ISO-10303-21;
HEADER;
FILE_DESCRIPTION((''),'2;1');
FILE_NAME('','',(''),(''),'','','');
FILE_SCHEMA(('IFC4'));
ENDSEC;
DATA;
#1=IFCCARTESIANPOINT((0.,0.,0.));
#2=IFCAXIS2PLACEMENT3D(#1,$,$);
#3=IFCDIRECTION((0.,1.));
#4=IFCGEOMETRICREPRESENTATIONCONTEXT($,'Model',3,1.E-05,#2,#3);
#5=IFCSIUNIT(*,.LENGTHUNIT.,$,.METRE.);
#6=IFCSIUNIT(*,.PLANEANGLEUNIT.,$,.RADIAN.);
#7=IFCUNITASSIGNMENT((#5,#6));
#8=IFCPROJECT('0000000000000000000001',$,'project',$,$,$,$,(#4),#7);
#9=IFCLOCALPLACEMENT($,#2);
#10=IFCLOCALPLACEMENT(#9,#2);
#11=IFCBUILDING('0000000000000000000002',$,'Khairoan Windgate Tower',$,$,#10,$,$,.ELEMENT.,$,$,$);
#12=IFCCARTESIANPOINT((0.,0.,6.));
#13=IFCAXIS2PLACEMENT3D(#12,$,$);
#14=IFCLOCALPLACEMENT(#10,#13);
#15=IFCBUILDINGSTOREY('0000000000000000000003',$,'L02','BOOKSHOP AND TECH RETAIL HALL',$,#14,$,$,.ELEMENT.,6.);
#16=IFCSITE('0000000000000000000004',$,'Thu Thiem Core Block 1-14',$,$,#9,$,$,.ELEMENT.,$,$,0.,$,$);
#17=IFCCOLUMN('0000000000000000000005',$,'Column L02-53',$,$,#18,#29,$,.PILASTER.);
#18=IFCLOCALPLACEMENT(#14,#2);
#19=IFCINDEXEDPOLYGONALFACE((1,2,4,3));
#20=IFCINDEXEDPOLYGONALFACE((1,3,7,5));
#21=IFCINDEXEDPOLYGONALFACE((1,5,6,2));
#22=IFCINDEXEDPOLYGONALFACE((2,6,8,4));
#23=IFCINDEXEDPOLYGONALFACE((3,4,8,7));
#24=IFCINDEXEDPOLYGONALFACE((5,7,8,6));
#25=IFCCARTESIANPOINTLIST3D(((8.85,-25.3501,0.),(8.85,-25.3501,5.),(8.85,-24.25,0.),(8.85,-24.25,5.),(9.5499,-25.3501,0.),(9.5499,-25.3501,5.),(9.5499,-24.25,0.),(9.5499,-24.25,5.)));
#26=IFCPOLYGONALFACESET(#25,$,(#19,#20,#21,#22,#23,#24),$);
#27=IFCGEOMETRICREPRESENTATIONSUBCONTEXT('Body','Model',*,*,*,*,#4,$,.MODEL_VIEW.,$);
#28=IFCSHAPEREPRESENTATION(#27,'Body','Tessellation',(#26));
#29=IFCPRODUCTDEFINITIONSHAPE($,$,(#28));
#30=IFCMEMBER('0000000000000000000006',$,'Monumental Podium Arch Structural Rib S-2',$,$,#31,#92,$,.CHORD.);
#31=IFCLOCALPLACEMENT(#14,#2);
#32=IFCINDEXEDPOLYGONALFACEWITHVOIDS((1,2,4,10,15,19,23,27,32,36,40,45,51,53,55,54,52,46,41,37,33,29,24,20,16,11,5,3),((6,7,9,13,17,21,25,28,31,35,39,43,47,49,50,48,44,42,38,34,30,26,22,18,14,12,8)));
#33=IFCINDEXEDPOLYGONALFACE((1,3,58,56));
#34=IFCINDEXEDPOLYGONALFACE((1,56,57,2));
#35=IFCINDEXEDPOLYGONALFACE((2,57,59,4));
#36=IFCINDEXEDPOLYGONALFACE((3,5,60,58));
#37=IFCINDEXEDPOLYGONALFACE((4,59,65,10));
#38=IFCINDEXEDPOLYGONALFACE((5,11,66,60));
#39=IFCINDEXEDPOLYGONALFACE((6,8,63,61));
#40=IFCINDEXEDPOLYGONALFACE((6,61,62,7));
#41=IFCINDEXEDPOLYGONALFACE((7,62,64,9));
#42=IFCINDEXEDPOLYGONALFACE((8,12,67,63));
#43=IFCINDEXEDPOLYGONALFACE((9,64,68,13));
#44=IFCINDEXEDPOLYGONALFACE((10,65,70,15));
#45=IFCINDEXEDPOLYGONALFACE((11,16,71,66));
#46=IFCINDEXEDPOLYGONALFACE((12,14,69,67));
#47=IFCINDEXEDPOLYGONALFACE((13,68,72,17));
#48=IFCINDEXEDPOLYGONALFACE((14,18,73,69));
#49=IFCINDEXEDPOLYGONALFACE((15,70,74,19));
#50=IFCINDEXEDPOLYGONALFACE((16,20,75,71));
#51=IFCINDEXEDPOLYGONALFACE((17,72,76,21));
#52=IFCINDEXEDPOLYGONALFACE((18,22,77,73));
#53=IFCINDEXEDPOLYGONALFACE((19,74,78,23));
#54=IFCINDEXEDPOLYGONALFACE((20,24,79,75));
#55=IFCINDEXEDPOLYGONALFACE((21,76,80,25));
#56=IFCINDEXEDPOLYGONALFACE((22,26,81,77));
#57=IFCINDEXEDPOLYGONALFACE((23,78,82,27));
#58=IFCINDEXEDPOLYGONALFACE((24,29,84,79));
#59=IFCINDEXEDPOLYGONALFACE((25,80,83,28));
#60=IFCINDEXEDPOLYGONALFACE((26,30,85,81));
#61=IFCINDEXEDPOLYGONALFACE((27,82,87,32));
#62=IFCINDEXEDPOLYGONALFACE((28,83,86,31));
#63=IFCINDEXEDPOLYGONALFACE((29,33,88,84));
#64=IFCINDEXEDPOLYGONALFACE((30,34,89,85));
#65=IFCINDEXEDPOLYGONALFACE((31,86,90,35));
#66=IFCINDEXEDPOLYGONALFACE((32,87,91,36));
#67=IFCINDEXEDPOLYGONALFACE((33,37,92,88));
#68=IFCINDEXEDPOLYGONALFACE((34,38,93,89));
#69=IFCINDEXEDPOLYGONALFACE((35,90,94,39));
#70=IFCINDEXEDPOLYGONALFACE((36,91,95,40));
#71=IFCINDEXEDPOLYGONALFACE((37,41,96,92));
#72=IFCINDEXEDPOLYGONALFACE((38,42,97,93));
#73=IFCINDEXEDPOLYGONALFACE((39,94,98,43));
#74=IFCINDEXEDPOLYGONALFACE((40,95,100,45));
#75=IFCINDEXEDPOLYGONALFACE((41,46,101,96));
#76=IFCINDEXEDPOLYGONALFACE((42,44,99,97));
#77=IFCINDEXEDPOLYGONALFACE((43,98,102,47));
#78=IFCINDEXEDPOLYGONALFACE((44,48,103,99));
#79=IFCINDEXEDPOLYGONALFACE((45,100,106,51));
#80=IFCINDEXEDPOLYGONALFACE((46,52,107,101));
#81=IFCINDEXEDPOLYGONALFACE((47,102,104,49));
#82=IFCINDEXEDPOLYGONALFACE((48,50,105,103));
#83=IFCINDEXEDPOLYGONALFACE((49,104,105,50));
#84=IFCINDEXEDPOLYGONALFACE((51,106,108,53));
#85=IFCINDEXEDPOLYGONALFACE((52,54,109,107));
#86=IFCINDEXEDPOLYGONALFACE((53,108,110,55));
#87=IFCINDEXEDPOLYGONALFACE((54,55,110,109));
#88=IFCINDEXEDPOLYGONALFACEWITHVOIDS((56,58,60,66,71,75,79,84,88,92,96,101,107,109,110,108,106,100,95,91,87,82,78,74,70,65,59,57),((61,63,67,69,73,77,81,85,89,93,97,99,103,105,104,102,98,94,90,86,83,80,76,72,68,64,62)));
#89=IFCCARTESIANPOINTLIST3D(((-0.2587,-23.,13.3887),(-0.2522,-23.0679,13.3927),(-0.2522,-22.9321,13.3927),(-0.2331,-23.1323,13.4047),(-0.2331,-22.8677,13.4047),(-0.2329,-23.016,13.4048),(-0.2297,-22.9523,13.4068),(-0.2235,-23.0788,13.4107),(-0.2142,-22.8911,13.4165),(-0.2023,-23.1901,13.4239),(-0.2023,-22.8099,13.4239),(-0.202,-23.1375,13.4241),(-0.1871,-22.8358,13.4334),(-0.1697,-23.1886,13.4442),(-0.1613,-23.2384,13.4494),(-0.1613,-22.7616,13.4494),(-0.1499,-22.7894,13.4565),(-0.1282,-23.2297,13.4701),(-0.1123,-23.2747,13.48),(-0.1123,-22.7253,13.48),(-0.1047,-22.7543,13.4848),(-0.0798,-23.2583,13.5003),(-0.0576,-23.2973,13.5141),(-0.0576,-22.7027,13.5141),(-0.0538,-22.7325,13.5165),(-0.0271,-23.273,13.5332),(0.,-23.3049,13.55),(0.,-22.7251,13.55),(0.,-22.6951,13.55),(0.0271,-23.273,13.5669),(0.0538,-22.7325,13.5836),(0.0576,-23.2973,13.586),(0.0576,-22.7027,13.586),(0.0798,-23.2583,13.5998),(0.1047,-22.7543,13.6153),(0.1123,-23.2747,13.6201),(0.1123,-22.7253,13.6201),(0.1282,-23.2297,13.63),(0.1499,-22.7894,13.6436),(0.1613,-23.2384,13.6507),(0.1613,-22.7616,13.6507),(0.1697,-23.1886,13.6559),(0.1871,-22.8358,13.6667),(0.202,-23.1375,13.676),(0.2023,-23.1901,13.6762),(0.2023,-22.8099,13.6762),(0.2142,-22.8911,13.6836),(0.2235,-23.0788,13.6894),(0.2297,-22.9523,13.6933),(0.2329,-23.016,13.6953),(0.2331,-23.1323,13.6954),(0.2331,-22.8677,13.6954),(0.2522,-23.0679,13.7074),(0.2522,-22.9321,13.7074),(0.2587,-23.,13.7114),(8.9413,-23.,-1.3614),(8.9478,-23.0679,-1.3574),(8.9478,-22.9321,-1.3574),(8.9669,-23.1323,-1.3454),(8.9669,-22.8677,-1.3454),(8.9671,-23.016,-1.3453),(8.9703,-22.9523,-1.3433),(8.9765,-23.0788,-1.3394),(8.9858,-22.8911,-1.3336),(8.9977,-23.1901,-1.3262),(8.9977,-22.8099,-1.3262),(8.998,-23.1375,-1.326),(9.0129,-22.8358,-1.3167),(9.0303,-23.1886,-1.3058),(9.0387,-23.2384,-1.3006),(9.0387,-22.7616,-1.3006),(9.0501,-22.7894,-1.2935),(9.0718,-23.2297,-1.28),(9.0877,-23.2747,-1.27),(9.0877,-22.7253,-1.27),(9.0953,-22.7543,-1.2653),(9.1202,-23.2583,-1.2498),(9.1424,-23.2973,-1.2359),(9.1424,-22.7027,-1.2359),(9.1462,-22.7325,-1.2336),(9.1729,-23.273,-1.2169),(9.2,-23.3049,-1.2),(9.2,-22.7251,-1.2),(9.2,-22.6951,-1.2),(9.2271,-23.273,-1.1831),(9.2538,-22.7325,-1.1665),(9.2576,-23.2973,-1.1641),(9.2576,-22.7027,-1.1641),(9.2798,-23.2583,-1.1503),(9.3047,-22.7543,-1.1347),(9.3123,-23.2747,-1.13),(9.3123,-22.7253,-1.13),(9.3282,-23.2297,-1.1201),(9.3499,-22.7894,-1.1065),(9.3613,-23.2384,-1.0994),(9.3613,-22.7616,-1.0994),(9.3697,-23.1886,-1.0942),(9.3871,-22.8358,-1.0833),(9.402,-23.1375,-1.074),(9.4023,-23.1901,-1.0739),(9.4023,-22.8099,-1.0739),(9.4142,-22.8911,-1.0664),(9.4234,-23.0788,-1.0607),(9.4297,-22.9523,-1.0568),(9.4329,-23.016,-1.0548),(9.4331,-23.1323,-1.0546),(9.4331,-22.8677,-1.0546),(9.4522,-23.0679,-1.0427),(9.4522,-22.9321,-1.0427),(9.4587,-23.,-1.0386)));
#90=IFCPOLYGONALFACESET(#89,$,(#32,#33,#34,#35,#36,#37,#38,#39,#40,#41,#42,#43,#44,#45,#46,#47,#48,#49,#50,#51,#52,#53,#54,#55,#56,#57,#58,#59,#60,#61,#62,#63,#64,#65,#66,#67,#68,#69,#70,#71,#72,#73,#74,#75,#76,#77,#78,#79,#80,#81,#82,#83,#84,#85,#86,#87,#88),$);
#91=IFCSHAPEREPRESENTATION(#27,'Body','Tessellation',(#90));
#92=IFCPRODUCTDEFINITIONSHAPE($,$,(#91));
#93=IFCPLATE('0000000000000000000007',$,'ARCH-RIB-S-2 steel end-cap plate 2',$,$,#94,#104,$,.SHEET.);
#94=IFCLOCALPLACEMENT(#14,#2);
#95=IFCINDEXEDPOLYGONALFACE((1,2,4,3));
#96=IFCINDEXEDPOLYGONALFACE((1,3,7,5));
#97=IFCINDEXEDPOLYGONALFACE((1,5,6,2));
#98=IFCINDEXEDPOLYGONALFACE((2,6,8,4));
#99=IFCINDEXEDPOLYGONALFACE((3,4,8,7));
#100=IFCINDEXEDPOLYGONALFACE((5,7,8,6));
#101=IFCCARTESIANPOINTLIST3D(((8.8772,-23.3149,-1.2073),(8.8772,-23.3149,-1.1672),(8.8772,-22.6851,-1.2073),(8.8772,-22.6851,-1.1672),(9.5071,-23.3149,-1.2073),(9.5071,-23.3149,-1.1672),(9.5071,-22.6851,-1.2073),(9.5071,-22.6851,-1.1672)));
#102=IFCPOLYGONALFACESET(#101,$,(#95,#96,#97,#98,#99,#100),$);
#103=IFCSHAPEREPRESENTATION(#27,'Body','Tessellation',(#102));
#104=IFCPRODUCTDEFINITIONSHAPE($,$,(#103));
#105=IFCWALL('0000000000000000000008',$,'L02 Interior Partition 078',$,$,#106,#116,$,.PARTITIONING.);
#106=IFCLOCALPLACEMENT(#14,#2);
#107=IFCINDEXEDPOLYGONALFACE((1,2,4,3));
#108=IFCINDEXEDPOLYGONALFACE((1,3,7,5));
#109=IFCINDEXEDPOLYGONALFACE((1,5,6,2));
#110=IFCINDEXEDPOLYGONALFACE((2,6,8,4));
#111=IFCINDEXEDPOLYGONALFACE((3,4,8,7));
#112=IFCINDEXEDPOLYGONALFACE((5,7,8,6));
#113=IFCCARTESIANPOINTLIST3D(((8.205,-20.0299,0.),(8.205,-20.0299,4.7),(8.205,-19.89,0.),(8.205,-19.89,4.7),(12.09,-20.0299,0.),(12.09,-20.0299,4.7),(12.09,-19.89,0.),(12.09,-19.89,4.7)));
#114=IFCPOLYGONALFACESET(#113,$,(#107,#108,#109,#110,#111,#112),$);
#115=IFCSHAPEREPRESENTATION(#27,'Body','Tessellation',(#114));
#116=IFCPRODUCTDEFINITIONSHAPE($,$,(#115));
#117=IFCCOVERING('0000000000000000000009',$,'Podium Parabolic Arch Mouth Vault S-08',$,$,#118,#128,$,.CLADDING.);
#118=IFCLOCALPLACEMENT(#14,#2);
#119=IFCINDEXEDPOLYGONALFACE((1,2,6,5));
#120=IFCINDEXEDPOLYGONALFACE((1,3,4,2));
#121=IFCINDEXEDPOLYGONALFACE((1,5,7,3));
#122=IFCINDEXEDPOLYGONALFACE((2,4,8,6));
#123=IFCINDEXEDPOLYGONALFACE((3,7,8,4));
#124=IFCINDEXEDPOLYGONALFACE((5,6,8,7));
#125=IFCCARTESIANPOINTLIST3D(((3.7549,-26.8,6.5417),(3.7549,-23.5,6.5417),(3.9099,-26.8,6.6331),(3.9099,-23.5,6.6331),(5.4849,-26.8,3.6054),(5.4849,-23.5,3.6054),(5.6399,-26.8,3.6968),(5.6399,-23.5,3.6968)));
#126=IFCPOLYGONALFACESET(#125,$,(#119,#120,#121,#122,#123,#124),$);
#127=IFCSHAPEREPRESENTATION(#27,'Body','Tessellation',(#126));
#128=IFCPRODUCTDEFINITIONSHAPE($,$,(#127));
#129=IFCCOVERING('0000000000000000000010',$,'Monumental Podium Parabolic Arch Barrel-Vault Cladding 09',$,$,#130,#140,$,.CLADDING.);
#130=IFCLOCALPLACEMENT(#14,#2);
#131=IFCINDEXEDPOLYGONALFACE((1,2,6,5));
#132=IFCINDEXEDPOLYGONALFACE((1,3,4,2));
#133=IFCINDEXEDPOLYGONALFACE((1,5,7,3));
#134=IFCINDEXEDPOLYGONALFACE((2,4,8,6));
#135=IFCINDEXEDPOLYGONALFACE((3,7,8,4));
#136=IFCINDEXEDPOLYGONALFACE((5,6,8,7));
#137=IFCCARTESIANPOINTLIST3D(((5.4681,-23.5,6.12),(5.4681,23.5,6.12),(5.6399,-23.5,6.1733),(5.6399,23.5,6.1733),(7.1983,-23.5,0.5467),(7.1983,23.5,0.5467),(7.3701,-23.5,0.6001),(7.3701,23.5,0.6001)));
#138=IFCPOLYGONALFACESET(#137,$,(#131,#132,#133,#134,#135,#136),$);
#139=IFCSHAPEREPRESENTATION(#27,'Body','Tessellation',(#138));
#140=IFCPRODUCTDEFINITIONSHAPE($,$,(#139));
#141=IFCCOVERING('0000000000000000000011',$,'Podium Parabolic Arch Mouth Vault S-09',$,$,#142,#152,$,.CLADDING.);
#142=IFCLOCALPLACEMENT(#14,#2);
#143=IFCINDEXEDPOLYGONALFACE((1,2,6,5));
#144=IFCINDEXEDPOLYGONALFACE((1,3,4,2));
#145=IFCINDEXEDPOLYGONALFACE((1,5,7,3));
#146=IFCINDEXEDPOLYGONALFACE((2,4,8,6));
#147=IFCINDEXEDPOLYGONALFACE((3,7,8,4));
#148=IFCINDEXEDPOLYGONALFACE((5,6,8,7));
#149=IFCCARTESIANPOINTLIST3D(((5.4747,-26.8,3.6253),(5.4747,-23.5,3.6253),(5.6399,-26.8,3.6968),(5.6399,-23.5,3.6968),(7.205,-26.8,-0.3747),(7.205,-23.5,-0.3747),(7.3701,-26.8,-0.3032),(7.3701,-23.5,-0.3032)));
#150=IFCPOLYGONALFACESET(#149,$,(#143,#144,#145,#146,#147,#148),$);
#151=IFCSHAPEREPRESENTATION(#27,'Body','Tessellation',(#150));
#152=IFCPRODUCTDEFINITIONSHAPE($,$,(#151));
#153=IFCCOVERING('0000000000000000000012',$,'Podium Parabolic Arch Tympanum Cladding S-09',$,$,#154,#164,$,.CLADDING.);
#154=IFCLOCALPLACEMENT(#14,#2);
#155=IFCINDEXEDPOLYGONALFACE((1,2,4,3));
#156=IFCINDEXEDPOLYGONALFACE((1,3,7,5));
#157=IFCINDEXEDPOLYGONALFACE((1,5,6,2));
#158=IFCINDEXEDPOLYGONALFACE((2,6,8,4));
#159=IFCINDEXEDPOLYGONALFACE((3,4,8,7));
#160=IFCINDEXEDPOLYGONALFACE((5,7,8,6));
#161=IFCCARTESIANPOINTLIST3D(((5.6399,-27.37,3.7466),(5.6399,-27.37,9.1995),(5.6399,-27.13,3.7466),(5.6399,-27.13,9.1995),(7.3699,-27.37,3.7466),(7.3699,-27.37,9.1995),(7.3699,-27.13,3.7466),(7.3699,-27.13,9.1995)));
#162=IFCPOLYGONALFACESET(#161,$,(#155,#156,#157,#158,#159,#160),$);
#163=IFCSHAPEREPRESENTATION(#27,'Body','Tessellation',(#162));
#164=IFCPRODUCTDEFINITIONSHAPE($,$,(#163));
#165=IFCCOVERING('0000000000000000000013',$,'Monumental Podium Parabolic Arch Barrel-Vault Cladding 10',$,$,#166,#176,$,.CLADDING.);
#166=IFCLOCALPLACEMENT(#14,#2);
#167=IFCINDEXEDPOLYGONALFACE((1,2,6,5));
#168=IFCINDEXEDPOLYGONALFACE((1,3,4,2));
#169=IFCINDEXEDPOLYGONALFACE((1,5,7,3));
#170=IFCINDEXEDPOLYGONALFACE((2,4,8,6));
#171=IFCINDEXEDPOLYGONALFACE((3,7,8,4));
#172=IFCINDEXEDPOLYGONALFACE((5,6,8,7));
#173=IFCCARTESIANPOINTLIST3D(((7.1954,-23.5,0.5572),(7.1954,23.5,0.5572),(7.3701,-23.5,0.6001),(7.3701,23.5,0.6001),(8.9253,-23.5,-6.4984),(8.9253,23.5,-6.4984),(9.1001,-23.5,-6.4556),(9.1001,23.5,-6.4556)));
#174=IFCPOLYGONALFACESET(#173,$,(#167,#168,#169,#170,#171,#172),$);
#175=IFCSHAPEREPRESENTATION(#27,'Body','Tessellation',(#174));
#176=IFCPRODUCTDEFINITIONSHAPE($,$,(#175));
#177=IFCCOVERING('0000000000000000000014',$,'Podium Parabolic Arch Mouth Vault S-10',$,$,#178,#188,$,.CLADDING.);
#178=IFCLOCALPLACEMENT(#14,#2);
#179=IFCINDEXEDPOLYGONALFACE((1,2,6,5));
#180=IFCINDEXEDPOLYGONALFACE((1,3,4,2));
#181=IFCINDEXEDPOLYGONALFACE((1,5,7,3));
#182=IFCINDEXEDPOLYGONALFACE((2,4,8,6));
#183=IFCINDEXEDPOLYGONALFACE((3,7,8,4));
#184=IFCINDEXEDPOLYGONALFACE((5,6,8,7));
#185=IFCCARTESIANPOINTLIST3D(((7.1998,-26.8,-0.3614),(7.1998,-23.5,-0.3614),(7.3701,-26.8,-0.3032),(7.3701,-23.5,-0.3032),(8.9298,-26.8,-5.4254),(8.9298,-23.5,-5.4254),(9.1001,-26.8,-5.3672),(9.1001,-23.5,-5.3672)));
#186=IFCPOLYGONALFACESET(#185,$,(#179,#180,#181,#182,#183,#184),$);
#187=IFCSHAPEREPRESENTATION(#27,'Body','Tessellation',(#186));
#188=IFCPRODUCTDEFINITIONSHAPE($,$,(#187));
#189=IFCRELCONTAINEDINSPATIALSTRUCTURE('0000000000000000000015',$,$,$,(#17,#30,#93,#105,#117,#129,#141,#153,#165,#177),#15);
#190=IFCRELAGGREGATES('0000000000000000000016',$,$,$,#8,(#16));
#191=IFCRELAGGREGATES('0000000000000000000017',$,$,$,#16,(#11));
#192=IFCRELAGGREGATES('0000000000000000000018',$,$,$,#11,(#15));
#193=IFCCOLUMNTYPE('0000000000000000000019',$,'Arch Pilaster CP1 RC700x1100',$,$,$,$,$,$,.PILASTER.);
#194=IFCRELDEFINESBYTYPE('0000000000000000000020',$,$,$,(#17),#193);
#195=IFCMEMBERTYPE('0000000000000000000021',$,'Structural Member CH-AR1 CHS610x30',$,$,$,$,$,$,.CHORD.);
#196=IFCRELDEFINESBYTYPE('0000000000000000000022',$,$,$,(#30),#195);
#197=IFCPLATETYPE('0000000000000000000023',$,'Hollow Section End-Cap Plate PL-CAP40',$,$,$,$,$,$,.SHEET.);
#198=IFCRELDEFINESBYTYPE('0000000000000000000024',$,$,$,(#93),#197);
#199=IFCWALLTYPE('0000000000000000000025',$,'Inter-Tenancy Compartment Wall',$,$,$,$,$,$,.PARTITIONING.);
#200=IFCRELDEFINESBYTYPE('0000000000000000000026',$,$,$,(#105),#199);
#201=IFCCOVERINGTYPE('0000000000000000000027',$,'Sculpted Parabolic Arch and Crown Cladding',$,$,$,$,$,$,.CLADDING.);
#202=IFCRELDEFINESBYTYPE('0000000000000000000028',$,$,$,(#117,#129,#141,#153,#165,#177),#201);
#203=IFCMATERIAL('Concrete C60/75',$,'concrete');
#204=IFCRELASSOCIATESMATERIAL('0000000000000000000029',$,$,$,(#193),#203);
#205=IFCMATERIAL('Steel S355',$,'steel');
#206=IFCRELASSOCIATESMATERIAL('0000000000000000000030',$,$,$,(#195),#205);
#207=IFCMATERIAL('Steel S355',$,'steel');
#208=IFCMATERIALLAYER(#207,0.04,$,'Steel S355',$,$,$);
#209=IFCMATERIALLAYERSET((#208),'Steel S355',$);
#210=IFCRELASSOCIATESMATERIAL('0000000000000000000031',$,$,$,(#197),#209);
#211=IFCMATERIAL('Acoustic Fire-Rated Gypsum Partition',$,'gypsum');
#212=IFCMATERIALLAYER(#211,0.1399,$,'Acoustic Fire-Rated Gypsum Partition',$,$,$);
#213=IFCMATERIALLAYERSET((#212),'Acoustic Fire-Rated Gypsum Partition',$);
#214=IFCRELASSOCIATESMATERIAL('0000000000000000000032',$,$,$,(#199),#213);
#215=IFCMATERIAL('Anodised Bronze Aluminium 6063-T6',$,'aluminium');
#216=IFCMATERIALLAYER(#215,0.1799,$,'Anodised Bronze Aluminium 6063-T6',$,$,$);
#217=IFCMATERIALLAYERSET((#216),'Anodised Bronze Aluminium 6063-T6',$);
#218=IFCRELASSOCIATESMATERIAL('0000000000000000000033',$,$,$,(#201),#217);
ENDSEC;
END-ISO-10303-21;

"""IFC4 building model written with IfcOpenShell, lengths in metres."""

from ifc_helpers import new_model, si_unit, direction, frame, frame_2d, origin, origin_2d, place, context, subcontext, project, spatial, polyline, rectangle, hollow_circle, outline, extrude, material, layer, layer_set, material_profile, profile_set, type_object, element, save


model = new_model("IFC4")

# Units and contexts
model_context = context("Model", 3, precision=1e-05, world=origin(), true_north=direction((0.0, 1.0)))
body_context = subcontext(model_context, "Body", "Model", "MODEL_VIEW")
ifc_project = project(units=[si_unit("LENGTHUNIT", "METRE"), si_unit("PLANEANGLEUNIT", "RADIAN")], contexts=[model_context])

# Site, building, storey
site_placement = place(None, origin())
site = spatial("IfcSite", under=ifc_project, at=site_placement, Name="Thu Thiem Core Block 1-14", CompositionType="ELEMENT", RefElevation=0.0)
building_placement = place(site_placement, origin())
building = spatial("IfcBuilding", under=site, at=building_placement, Name="Khairoan Windgate Tower", CompositionType="ELEMENT")
storey_placement = place(building_placement, frame((0.0, 0.0, 6.0)))
storey = spatial("IfcBuildingStorey", under=building, at=storey_placement, Name="L02", Description="BOOKSHOP AND TECH RETAIL HALL", CompositionType="ELEMENT", Elevation=6.0)

# Column
ifc_material_1 = material(Name="Concrete C60/75", Category="concrete")
ifc_material_profile_1 = material_profile(ifc_material_1, rectangle(XDim=0.7, YDim=1.1001, at=origin_2d()))
ifc_profile_set_1 = profile_set([ifc_material_profile_1], Name="Concrete C60/75")
column_type = type_object("IfcColumnType", Name="Arch Pilaster CP1 RC700x1100", PredefinedType="PILASTER", material=ifc_profile_set_1)
column_placement = place(storey_placement, frame((9.2, -24.8, 0.0), z_axis=(0.0, 0.0, 1.0), x_axis=(1.0, 0.0, 0.0)))
element("IfcColumn", 1, at=column_placement, inside=storey, type_object=column_type, Name="Column L02-53", PredefinedType="PILASTER", context=body_context, shape_type="SweptSolid", body=[
    extrude(rectangle(XDim=0.7, YDim=1.1001, at=origin_2d()), origin(), (0.0, 0.0, 1.0), 5.0),
])

# Member
ifc_material_2 = material(Name="Steel S355", Category="steel")
ifc_material_profile_2 = material_profile(ifc_material_2, hollow_circle(Radius=0.3049, WallThickness=0.03, at=origin_2d()))
ifc_profile_set_2 = profile_set([ifc_material_profile_2], Name="Steel S355")
member_type_1 = type_object("IfcMemberType", Name="Structural Member CH-AR1 CHS610x30", PredefinedType="CHORD", material=ifc_profile_set_2)
member_1_placement = place(storey_placement, frame((0.0, -23.0, 13.55), z_axis=(0.529221, 0.0, -0.848484), x_axis=(0.0, 1.0, 0.0)))
element("IfcMember", 2, at=member_1_placement, inside=storey, type_object=member_type_1, Name="Monumental Podium Arch Structural Rib S-2", PredefinedType="CHORD", context=body_context, shape_type="SweptSolid", body=[
    extrude(hollow_circle(Radius=0.3049, WallThickness=0.03, at=origin_2d()), origin(), (0.0, 0.0, 1.0), 17.384),
])

# Plate
ifc_material_3 = material(Name="Steel S355", Category="steel")
ifc_layer_1 = layer(ifc_material_3, 0.04, Name="Steel S355")
ifc_layer_set_1 = layer_set([ifc_layer_1], Name="Steel S355")
plate_type_1 = type_object("IfcPlateType", Name="Hollow Section End-Cap Plate PL-CAP40", PredefinedType="SHEET", material=ifc_layer_set_1)
plate_1_placement = place(storey_placement, frame((9.1921, -23.0, -1.2073), z_axis=(0.0, 0.0, 1.0), x_axis=(1.0, 0.0, 0.0)))
element("IfcPlate", 3, at=plate_1_placement, inside=storey, type_object=plate_type_1, Name="ARCH-RIB-S-2 steel end-cap plate 2", PredefinedType="SHEET", context=body_context, shape_type="SweptSolid", body=[
    extrude(rectangle(XDim=0.6299, YDim=0.6299, at=origin_2d()), origin(), (0.0, 0.0, 1.0), 0.04),
])

# Wall
ifc_material_4 = material(Name="Acoustic Fire-Rated Gypsum Partition", Category="gypsum")
ifc_layer_2 = layer(ifc_material_4, 0.1399, Name="Acoustic Fire-Rated Gypsum Partition")
ifc_layer_set_2 = layer_set([ifc_layer_2], Name="Acoustic Fire-Rated Gypsum Partition")
wall_type = type_object("IfcWallType", Name="Inter-Tenancy Compartment Wall", PredefinedType="PARTITIONING", material=ifc_layer_set_2)
wall_placement = place(storey_placement, frame((8.2051, -19.96, 0.0), z_axis=(0.0, 0.0, 1.0), x_axis=(1.0, 0.0, 0.0)))
element("IfcWall", 4, at=wall_placement, inside=storey, type_object=wall_type, Name="L02 Interior Partition 078", PredefinedType="PARTITIONING", context=body_context, shape_type="SweptSolid", body=[
    extrude(rectangle(XDim=3.885, YDim=0.1399, at=frame_2d((1.9424, 0.0))), origin(), (0.0, 0.0, 1.0), 4.7),
])

# Coverings
ifc_material_5 = material(Name="Anodised Bronze Aluminium 6063-T6", Category="aluminium")
ifc_layer_3 = layer(ifc_material_5, 0.1799, Name="Anodised Bronze Aluminium 6063-T6")
ifc_layer_set_3 = layer_set([ifc_layer_3], Name="Anodised Bronze Aluminium 6063-T6")
covering_type = type_object("IfcCoveringType", Name="Sculpted Parabolic Arch and Crown Cladding", PredefinedType="CLADDING", material=ifc_layer_set_3)
covering_1_placement = place(storey_placement, frame((3.9099, -26.8, 6.6331), z_axis=(0.86158, 0.0, 0.507621), x_axis=(0.507621, 0.0, -0.86158)))
element("IfcCovering", 5, at=covering_1_placement, inside=storey, type_object=covering_type, Name="Podium Parabolic Arch Mouth Vault S-08", PredefinedType="CLADDING", context=body_context, shape_type="SweptSolid", body=[
    extrude(outline(polyline([(0.0, 0.0), (3.408, 0.0), (3.408, 3.3), (0.0, 3.3), (0.0, 0.0)])), origin(), (0.0, 0.0, -1.0), 0.1799),
])
covering_2_placement = place(storey_placement, frame((5.6399, -23.5, 6.1733), z_axis=(0.955035, 0.0, 0.296493), x_axis=(0.296493, 0.0, -0.955035)))
element("IfcCovering", 6, at=covering_2_placement, inside=storey, type_object=covering_type, Name="Monumental Podium Parabolic Arch Barrel-Vault Cladding 09", PredefinedType="CLADDING", context=body_context, shape_type="SweptSolid", body=[
    extrude(outline(polyline([(0.0, 0.0), (5.8356, 0.0), (5.8356, 47.0), (0.0, 47.0), (0.0, 0.0)])), origin(), (0.0, 0.0, -1.0), 0.1799),
])
covering_3_placement = place(storey_placement, frame((5.6399, -26.8, 3.6968), z_axis=(0.917816, 0.0, 0.397007), x_axis=(0.397007, 0.0, -0.917816)))
element("IfcCovering", 7, at=covering_3_placement, inside=storey, type_object=covering_type, Name="Podium Parabolic Arch Mouth Vault S-09", PredefinedType="CLADDING", context=body_context, shape_type="SweptSolid", body=[
    extrude(outline(polyline([(0.0, 0.0), (4.3582, 0.0), (4.3582, 3.3), (0.0, 3.3), (0.0, 0.0)])), origin(), (0.0, 0.0, -1.0), 0.1799),
])
covering_4_placement = place(storey_placement, frame((6.5049, -27.25, 3.7466), z_axis=(0.0, 0.0, 1.0), x_axis=(1.0, 0.0, 0.0)))
element("IfcCovering", 8, at=covering_4_placement, inside=storey, type_object=covering_type, Name="Podium Parabolic Arch Tympanum Cladding S-09", PredefinedType="CLADDING", context=body_context, shape_type="SweptSolid", body=[
    extrude(rectangle(XDim=1.73, YDim=0.24, at=origin_2d()), origin(), (0.0, 0.0, 1.0), 5.4529),
])
covering_5_placement = place(storey_placement, frame((7.3701, -23.5, 0.6001), z_axis=(0.971232, 0.0, 0.238137), x_axis=(0.238137, 0.0, -0.971232)))
element("IfcCovering", 9, at=covering_5_placement, inside=storey, type_object=covering_type, Name="Monumental Podium Parabolic Arch Barrel-Vault Cladding 10", PredefinedType="CLADDING", context=body_context, shape_type="SweptSolid", body=[
    extrude(outline(polyline([(0.0, 0.0), (7.2647, 0.0), (7.2647, 47.0), (0.0, 47.0), (0.0, 0.0)])), origin(), (0.0, 0.0, -1.0), 0.1799),
])
covering_6_placement = place(storey_placement, frame((7.3701, -26.8, -0.3032), z_axis=(0.946303, 0.0, 0.323281), x_axis=(0.323281, 0.0, -0.946303)))
element("IfcCovering", 10, at=covering_6_placement, inside=storey, type_object=covering_type, Name="Podium Parabolic Arch Mouth Vault S-10", PredefinedType="CLADDING", context=body_context, shape_type="SweptSolid", body=[
    extrude(outline(polyline([(0.0, 0.0), (5.3513, 0.0), (5.3513, 3.3), (0.0, 3.3), (0.0, 0.0)])), origin(), (0.0, 0.0, -1.0), 0.1799),
])

save(model, "model.ifc")
